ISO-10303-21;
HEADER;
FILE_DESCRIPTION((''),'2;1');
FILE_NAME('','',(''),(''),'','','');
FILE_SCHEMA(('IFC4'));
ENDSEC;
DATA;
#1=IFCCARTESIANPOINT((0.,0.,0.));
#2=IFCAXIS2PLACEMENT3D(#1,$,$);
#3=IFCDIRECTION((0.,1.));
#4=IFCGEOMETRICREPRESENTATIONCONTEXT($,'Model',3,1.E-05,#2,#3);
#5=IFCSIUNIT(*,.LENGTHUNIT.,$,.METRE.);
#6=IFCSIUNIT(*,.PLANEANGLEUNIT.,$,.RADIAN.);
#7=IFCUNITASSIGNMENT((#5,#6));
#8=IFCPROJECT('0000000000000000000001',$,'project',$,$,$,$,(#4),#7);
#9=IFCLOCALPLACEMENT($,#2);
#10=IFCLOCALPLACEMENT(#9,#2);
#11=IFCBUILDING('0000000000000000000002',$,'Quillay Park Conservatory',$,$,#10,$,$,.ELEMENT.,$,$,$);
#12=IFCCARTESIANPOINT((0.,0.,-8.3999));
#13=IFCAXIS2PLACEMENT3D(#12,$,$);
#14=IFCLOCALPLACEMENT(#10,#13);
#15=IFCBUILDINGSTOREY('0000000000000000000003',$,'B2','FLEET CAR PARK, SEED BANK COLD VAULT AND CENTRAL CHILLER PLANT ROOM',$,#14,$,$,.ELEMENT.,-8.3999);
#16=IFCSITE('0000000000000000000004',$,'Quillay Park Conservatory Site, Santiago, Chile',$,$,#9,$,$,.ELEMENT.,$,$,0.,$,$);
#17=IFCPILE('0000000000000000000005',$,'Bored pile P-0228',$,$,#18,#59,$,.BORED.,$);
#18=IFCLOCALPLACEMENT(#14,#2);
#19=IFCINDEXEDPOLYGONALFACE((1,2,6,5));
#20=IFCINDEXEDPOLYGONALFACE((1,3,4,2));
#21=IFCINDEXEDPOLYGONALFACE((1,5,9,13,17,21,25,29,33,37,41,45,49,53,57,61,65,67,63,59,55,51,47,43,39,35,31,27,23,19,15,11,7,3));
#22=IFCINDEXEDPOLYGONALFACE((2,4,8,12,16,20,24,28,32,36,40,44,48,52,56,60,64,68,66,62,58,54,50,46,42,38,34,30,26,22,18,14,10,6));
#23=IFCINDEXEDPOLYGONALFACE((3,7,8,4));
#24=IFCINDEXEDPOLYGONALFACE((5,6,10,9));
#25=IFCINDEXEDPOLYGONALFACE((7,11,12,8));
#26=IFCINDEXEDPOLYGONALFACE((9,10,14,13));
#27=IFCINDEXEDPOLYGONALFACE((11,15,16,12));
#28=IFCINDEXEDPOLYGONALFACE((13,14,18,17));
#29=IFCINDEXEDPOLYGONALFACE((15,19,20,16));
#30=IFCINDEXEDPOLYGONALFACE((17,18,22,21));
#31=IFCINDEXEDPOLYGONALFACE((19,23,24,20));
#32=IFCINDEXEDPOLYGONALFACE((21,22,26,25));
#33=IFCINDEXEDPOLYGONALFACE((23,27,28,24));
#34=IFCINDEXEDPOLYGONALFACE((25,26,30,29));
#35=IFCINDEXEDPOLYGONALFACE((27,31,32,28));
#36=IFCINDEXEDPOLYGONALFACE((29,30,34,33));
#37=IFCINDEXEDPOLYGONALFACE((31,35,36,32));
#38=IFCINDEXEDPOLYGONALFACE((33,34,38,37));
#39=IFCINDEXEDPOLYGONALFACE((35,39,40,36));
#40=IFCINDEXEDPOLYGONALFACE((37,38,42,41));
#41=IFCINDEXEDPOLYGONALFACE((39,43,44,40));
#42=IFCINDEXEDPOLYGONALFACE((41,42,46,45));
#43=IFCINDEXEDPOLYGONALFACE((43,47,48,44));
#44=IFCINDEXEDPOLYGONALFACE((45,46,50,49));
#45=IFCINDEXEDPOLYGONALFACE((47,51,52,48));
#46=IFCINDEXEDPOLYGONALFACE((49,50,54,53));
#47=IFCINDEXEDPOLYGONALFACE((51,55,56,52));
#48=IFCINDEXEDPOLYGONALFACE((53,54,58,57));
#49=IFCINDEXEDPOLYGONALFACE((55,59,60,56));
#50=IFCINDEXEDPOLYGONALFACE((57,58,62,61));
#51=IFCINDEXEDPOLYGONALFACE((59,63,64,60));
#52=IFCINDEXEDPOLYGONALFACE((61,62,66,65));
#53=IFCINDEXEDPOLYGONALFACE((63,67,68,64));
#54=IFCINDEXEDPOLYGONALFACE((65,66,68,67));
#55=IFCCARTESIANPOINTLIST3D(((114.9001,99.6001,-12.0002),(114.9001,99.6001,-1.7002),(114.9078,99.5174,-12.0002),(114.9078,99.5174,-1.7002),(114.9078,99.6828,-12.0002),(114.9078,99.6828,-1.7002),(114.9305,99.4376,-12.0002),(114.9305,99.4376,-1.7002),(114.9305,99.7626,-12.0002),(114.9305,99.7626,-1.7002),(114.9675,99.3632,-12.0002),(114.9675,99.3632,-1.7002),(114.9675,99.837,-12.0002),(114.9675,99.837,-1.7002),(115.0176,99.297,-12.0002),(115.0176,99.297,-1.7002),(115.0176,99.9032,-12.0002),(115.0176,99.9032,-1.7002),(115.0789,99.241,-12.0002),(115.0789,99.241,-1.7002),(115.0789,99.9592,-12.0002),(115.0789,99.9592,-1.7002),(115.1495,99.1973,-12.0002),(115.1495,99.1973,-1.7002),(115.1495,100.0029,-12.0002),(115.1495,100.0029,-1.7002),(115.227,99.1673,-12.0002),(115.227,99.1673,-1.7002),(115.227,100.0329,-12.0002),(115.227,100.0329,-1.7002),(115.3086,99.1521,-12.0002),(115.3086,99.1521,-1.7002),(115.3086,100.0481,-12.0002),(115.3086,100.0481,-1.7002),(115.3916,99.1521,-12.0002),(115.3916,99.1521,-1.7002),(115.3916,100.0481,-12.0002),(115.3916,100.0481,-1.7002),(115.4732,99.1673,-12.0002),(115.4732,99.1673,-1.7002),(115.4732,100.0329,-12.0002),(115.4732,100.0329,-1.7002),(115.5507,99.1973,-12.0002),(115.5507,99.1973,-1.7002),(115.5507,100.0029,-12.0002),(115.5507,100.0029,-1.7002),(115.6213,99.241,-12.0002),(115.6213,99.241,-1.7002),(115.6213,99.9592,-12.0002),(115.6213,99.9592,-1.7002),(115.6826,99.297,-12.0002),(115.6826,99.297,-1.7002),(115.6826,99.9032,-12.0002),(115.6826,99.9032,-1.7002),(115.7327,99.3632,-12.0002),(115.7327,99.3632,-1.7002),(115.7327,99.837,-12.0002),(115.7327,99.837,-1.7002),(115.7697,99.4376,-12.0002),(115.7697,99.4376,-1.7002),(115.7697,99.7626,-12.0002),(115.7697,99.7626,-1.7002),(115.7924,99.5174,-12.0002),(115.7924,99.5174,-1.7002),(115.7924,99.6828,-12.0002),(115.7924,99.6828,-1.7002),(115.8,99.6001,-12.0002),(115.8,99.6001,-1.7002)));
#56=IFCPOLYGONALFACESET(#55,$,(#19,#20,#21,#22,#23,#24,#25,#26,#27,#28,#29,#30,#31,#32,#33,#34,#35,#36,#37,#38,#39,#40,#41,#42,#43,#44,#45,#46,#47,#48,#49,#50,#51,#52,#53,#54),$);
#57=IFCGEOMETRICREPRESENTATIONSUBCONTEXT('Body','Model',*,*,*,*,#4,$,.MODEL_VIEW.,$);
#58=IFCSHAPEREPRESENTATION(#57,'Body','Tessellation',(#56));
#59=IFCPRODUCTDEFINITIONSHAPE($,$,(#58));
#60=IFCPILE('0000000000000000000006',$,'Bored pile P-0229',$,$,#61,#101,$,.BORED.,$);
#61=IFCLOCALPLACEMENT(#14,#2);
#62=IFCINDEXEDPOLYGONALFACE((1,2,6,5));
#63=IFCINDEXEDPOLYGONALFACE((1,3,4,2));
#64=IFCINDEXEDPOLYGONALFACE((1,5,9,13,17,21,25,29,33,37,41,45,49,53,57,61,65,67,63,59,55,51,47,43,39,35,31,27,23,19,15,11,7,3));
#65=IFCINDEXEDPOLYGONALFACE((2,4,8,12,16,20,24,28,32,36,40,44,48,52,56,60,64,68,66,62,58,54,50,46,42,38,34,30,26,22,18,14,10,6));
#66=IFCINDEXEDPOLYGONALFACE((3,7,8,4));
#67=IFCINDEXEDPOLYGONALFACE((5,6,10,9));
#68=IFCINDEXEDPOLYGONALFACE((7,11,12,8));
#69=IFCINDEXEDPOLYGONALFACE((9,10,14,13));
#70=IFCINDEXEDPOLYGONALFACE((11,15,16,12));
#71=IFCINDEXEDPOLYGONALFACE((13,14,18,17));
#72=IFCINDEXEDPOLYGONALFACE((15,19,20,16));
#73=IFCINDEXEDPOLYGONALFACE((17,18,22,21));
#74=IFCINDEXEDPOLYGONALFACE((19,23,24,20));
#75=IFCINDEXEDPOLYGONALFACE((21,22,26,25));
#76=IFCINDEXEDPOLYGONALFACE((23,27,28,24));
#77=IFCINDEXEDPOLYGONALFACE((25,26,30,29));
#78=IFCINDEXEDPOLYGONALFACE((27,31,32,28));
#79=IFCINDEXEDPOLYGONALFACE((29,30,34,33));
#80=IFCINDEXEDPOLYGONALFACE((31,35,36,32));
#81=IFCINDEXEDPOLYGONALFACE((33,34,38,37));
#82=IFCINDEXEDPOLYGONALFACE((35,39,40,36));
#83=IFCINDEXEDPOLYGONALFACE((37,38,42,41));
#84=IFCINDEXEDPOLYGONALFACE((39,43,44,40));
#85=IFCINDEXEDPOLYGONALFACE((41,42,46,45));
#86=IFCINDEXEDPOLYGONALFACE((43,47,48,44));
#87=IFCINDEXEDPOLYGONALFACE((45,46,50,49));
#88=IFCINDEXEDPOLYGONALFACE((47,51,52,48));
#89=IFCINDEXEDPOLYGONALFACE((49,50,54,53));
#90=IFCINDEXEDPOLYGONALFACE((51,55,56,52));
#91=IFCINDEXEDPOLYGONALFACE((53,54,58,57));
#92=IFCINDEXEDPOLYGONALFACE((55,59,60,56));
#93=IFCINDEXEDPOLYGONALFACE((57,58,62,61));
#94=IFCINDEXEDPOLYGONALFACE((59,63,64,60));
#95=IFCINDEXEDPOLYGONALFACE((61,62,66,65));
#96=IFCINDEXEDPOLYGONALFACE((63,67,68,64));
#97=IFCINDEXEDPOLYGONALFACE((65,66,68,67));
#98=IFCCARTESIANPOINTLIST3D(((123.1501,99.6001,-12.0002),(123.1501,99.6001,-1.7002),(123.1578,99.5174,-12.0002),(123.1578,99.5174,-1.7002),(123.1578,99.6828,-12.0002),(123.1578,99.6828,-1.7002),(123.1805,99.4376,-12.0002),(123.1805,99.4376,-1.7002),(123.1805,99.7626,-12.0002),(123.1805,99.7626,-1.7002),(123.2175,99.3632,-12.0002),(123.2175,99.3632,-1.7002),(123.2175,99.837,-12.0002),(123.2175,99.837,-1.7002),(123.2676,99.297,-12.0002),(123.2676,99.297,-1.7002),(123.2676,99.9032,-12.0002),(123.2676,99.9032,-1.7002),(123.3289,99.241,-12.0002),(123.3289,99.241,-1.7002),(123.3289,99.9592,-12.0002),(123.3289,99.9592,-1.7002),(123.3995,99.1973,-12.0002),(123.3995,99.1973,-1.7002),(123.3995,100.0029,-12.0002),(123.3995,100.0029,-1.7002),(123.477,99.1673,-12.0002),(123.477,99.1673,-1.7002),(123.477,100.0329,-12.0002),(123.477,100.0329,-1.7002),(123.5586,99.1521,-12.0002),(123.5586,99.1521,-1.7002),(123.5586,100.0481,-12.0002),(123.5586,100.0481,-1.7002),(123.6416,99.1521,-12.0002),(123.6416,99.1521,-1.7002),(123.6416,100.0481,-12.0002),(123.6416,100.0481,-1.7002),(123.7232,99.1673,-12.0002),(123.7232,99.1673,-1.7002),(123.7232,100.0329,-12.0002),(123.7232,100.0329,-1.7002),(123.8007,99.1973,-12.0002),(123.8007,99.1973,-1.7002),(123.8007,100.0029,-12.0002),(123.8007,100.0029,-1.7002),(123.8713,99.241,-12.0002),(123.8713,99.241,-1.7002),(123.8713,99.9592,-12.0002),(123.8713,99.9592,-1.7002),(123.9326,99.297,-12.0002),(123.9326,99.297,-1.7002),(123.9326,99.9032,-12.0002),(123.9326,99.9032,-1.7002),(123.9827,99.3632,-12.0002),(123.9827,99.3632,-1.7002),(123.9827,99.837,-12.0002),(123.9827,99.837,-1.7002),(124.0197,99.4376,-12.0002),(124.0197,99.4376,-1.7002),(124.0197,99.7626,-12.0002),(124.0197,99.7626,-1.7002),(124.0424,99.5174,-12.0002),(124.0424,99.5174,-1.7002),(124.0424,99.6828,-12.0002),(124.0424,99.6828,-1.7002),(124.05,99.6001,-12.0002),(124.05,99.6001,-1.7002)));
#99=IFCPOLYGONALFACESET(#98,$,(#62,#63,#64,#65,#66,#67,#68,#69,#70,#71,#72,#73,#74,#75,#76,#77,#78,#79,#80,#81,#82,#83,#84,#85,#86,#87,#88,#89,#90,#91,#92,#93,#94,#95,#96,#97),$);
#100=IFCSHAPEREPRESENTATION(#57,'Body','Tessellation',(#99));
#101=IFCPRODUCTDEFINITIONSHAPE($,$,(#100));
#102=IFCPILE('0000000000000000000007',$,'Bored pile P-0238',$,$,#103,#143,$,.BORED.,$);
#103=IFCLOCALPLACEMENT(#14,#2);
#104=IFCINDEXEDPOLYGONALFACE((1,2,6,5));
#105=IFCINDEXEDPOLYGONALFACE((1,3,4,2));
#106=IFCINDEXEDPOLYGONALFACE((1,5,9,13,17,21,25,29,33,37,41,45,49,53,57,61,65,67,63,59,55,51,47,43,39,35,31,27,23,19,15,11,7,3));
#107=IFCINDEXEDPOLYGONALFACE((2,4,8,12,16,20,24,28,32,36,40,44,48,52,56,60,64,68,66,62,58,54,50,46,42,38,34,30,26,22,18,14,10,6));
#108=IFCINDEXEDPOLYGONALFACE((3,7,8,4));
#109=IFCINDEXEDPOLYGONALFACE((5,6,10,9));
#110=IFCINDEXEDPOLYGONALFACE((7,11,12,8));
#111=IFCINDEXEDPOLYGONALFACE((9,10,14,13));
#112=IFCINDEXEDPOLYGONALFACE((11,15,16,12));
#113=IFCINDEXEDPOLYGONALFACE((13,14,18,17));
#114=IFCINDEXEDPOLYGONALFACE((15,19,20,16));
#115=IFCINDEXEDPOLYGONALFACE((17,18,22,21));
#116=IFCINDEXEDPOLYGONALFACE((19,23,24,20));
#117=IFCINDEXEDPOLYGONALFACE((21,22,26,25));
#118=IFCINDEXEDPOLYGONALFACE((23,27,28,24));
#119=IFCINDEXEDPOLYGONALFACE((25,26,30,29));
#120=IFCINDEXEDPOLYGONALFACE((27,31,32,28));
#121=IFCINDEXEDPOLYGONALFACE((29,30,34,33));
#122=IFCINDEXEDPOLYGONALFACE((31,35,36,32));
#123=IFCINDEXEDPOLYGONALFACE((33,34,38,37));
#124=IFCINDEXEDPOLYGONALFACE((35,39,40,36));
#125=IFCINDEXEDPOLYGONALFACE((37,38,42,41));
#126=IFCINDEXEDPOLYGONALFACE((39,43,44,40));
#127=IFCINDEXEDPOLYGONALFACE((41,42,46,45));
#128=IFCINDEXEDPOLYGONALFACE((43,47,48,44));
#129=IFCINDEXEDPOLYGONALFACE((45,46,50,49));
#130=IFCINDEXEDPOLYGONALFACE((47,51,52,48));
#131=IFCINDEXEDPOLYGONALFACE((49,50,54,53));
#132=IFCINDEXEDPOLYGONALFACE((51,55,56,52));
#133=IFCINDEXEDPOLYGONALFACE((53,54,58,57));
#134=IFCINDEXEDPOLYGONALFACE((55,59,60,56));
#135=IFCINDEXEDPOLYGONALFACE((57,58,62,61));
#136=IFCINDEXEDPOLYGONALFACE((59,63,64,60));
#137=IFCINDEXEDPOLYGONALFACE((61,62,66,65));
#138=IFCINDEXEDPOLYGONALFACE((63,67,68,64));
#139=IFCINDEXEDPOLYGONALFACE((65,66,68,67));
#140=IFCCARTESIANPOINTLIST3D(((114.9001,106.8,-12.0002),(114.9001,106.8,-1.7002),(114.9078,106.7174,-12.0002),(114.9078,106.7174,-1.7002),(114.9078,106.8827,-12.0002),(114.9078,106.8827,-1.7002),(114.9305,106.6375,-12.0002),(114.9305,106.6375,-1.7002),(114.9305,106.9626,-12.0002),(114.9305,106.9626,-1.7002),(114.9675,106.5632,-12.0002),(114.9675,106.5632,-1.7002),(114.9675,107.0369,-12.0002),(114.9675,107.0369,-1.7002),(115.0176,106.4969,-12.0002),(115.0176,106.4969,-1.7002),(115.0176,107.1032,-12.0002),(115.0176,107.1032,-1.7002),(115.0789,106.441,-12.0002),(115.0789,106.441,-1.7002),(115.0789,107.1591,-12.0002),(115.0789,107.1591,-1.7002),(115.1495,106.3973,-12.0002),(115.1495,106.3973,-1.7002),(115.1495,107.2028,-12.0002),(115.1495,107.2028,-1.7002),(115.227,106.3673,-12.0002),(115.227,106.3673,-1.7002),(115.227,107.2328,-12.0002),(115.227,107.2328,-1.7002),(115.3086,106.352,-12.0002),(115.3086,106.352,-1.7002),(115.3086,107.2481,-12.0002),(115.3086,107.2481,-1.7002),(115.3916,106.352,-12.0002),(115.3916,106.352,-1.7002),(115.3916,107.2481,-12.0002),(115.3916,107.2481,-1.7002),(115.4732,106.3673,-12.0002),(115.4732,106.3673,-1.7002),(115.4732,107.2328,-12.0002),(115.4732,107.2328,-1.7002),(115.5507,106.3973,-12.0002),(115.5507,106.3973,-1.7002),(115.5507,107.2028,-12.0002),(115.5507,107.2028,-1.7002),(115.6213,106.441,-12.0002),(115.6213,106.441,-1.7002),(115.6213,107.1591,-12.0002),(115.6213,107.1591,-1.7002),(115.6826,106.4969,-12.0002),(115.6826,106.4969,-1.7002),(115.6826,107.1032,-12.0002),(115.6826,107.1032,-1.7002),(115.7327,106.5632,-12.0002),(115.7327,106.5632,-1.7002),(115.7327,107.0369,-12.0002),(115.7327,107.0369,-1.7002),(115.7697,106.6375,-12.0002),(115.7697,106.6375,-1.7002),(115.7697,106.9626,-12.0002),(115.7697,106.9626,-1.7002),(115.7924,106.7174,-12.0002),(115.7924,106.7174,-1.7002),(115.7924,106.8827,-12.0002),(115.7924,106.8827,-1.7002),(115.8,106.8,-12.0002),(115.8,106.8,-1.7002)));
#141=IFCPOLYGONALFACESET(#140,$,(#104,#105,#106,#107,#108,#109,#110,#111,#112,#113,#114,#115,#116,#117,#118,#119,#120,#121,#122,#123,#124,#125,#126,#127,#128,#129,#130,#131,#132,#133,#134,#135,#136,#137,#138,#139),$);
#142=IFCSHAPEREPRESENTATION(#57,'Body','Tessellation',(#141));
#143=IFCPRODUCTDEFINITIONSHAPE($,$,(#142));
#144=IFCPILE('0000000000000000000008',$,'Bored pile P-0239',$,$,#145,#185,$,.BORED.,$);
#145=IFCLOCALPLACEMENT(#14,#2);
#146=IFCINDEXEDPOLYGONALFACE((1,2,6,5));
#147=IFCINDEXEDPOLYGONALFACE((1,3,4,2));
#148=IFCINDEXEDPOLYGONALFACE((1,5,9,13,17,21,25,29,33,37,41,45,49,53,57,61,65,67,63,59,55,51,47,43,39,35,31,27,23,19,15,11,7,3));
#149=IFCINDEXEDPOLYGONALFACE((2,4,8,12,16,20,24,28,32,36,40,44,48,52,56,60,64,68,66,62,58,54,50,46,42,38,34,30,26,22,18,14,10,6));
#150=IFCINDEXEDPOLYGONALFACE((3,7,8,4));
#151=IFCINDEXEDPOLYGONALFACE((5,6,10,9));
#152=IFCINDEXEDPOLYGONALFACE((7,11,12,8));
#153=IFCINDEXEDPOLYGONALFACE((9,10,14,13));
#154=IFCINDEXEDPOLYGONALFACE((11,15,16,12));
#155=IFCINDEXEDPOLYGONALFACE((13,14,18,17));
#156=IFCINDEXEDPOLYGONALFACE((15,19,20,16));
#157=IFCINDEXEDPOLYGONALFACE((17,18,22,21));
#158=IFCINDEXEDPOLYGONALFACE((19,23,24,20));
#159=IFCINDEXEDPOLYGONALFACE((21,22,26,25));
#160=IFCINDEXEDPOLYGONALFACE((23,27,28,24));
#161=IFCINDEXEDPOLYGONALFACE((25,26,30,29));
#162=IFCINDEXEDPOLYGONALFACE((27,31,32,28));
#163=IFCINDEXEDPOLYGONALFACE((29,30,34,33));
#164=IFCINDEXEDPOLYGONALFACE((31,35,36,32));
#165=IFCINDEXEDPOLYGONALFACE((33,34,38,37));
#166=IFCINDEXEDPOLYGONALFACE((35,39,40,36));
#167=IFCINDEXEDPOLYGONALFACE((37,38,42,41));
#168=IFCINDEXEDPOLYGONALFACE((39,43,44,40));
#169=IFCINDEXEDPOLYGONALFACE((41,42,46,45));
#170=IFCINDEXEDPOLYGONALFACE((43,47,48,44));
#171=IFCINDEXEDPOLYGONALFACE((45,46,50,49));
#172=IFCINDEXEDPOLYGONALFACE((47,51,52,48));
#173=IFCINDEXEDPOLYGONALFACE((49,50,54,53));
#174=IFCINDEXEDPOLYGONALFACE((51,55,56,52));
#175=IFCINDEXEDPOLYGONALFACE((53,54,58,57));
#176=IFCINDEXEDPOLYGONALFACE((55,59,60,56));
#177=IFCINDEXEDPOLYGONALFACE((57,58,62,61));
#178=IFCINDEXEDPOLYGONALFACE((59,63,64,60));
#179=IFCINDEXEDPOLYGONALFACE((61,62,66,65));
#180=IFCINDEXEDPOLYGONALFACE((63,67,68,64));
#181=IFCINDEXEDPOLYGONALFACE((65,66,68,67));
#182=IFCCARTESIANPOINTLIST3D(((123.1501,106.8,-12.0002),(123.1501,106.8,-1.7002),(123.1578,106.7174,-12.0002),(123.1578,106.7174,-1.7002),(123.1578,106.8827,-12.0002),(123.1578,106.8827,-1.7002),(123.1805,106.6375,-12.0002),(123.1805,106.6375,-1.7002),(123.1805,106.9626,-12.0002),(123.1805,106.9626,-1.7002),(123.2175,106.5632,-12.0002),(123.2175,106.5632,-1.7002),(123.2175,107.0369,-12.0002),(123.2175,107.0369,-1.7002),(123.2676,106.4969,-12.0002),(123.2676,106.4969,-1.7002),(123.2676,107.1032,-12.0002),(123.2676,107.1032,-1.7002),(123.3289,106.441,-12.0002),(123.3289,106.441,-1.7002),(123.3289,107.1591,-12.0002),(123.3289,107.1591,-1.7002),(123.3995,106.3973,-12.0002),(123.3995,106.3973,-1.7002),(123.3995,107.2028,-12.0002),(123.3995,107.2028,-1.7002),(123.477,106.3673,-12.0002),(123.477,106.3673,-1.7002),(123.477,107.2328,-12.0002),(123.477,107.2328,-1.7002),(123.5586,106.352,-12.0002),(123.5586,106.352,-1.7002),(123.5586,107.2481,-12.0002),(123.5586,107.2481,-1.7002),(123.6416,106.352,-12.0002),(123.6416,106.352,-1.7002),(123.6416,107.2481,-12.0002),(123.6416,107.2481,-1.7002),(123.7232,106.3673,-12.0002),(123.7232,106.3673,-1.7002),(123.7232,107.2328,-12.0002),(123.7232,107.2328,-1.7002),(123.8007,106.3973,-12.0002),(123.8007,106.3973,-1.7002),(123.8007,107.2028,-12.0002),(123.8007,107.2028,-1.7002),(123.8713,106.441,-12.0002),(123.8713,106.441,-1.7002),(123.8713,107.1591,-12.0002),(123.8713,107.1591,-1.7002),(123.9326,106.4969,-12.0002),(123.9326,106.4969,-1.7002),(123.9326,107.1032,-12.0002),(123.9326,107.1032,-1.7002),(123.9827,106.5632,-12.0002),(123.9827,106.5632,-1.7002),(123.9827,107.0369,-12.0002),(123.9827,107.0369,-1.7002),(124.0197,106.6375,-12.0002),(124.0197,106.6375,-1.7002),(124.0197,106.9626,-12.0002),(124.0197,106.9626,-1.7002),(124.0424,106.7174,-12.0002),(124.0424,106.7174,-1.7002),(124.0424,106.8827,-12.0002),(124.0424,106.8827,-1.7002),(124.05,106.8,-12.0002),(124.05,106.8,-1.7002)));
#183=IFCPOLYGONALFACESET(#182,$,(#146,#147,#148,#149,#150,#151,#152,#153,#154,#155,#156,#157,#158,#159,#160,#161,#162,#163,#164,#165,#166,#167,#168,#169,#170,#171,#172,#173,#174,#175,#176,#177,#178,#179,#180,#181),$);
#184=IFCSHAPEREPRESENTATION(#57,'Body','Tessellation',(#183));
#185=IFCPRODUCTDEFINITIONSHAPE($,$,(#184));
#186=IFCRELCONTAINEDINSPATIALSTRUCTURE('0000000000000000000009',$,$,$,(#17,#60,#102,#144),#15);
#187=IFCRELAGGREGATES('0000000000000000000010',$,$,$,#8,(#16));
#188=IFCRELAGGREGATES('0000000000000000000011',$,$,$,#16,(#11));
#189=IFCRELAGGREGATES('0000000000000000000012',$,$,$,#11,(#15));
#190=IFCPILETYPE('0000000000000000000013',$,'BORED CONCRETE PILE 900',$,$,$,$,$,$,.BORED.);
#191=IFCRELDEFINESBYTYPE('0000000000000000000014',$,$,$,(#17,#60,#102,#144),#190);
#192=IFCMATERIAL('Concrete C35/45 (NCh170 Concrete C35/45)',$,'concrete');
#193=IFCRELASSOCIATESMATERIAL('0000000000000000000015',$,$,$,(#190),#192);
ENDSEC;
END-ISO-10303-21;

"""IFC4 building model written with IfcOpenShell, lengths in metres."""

from ifc_helpers import new_model, si_unit, direction, frame, origin, origin_2d, place, context, subcontext, project, spatial, circle, extrude, material, material_profile, profile_set, type_object, element, save


model = new_model("IFC4")

# Units and contexts
model_context = context("Model", 3, precision=1e-05, world=origin(), true_north=direction((0.0, 1.0)))
body_context = subcontext(model_context, "Body", "Model", "MODEL_VIEW")
ifc_project = project(units=[si_unit("LENGTHUNIT", "METRE"), si_unit("PLANEANGLEUNIT", "RADIAN")], contexts=[model_context])

# Site, building, storey
site_placement = place(None, origin())
site = spatial("IfcSite", under=ifc_project, at=site_placement, Name="Quillay Park Conservatory Site, Santiago, Chile", CompositionType="ELEMENT", RefElevation=0.0)
building_placement = place(site_placement, origin())
building = spatial("IfcBuilding", under=site, at=building_placement, Name="Quillay Park Conservatory", CompositionType="ELEMENT")
storey_placement = place(building_placement, frame((0.0, 0.0, -8.3999)))
storey = spatial("IfcBuildingStorey", under=building, at=storey_placement, Name="B2", Description="FLEET CAR PARK, SEED BANK COLD VAULT AND CENTRAL CHILLER PLANT ROOM", CompositionType="ELEMENT", Elevation=-8.3999)

# Piles
ifc_material_1 = material(Name="Concrete C35/45 (NCh170 Concrete C35/45)", Category="concrete")
ifc_material_profile_1 = material_profile(ifc_material_1, circle(Radius=0.45, at=origin_2d()), Name="PILE900")
ifc_profile_set_1 = profile_set([ifc_material_profile_1], Name="Concrete C35/45 (NCh170 Concrete C35/45)")
pile_type = type_object("IfcPileType", Name="BORED CONCRETE PILE 900", PredefinedType="BORED", material=ifc_profile_set_1)
for number, where, z_axis, x_axis, name in (
    (1, (115.3501, 99.6001, -1.7002), (0.0, 0.0, -1.0), (1.0, 0.0, 0.0), "Bored pile P-0228"),
    (2, (123.6001, 99.6001, -1.7002), (0.0, 0.0, -1.0), (1.0, 0.0, 0.0), "Bored pile P-0229"),
    (3, (115.3501, 106.8, -1.7002), (0.0, 0.0, -1.0), (1.0, 0.0, 0.0), "Bored pile P-0238"),
    (4, (123.6001, 106.8, -1.7002), (0.0, 0.0, -1.0), (1.0, 0.0, 0.0), "Bored pile P-0239"),
):
    element("IfcPile", number, at=place(storey_placement, frame(where, z_axis=z_axis, x_axis=x_axis)), inside=storey, type_object=pile_type, Name=name, PredefinedType="BORED", context=body_context, shape_type="SweptSolid", body=[
        extrude(circle(Radius=0.45, at=origin_2d()), origin(), (0.0, 0.0, 1.0), 10.3),
    ])

save(model, "model.ifc")
